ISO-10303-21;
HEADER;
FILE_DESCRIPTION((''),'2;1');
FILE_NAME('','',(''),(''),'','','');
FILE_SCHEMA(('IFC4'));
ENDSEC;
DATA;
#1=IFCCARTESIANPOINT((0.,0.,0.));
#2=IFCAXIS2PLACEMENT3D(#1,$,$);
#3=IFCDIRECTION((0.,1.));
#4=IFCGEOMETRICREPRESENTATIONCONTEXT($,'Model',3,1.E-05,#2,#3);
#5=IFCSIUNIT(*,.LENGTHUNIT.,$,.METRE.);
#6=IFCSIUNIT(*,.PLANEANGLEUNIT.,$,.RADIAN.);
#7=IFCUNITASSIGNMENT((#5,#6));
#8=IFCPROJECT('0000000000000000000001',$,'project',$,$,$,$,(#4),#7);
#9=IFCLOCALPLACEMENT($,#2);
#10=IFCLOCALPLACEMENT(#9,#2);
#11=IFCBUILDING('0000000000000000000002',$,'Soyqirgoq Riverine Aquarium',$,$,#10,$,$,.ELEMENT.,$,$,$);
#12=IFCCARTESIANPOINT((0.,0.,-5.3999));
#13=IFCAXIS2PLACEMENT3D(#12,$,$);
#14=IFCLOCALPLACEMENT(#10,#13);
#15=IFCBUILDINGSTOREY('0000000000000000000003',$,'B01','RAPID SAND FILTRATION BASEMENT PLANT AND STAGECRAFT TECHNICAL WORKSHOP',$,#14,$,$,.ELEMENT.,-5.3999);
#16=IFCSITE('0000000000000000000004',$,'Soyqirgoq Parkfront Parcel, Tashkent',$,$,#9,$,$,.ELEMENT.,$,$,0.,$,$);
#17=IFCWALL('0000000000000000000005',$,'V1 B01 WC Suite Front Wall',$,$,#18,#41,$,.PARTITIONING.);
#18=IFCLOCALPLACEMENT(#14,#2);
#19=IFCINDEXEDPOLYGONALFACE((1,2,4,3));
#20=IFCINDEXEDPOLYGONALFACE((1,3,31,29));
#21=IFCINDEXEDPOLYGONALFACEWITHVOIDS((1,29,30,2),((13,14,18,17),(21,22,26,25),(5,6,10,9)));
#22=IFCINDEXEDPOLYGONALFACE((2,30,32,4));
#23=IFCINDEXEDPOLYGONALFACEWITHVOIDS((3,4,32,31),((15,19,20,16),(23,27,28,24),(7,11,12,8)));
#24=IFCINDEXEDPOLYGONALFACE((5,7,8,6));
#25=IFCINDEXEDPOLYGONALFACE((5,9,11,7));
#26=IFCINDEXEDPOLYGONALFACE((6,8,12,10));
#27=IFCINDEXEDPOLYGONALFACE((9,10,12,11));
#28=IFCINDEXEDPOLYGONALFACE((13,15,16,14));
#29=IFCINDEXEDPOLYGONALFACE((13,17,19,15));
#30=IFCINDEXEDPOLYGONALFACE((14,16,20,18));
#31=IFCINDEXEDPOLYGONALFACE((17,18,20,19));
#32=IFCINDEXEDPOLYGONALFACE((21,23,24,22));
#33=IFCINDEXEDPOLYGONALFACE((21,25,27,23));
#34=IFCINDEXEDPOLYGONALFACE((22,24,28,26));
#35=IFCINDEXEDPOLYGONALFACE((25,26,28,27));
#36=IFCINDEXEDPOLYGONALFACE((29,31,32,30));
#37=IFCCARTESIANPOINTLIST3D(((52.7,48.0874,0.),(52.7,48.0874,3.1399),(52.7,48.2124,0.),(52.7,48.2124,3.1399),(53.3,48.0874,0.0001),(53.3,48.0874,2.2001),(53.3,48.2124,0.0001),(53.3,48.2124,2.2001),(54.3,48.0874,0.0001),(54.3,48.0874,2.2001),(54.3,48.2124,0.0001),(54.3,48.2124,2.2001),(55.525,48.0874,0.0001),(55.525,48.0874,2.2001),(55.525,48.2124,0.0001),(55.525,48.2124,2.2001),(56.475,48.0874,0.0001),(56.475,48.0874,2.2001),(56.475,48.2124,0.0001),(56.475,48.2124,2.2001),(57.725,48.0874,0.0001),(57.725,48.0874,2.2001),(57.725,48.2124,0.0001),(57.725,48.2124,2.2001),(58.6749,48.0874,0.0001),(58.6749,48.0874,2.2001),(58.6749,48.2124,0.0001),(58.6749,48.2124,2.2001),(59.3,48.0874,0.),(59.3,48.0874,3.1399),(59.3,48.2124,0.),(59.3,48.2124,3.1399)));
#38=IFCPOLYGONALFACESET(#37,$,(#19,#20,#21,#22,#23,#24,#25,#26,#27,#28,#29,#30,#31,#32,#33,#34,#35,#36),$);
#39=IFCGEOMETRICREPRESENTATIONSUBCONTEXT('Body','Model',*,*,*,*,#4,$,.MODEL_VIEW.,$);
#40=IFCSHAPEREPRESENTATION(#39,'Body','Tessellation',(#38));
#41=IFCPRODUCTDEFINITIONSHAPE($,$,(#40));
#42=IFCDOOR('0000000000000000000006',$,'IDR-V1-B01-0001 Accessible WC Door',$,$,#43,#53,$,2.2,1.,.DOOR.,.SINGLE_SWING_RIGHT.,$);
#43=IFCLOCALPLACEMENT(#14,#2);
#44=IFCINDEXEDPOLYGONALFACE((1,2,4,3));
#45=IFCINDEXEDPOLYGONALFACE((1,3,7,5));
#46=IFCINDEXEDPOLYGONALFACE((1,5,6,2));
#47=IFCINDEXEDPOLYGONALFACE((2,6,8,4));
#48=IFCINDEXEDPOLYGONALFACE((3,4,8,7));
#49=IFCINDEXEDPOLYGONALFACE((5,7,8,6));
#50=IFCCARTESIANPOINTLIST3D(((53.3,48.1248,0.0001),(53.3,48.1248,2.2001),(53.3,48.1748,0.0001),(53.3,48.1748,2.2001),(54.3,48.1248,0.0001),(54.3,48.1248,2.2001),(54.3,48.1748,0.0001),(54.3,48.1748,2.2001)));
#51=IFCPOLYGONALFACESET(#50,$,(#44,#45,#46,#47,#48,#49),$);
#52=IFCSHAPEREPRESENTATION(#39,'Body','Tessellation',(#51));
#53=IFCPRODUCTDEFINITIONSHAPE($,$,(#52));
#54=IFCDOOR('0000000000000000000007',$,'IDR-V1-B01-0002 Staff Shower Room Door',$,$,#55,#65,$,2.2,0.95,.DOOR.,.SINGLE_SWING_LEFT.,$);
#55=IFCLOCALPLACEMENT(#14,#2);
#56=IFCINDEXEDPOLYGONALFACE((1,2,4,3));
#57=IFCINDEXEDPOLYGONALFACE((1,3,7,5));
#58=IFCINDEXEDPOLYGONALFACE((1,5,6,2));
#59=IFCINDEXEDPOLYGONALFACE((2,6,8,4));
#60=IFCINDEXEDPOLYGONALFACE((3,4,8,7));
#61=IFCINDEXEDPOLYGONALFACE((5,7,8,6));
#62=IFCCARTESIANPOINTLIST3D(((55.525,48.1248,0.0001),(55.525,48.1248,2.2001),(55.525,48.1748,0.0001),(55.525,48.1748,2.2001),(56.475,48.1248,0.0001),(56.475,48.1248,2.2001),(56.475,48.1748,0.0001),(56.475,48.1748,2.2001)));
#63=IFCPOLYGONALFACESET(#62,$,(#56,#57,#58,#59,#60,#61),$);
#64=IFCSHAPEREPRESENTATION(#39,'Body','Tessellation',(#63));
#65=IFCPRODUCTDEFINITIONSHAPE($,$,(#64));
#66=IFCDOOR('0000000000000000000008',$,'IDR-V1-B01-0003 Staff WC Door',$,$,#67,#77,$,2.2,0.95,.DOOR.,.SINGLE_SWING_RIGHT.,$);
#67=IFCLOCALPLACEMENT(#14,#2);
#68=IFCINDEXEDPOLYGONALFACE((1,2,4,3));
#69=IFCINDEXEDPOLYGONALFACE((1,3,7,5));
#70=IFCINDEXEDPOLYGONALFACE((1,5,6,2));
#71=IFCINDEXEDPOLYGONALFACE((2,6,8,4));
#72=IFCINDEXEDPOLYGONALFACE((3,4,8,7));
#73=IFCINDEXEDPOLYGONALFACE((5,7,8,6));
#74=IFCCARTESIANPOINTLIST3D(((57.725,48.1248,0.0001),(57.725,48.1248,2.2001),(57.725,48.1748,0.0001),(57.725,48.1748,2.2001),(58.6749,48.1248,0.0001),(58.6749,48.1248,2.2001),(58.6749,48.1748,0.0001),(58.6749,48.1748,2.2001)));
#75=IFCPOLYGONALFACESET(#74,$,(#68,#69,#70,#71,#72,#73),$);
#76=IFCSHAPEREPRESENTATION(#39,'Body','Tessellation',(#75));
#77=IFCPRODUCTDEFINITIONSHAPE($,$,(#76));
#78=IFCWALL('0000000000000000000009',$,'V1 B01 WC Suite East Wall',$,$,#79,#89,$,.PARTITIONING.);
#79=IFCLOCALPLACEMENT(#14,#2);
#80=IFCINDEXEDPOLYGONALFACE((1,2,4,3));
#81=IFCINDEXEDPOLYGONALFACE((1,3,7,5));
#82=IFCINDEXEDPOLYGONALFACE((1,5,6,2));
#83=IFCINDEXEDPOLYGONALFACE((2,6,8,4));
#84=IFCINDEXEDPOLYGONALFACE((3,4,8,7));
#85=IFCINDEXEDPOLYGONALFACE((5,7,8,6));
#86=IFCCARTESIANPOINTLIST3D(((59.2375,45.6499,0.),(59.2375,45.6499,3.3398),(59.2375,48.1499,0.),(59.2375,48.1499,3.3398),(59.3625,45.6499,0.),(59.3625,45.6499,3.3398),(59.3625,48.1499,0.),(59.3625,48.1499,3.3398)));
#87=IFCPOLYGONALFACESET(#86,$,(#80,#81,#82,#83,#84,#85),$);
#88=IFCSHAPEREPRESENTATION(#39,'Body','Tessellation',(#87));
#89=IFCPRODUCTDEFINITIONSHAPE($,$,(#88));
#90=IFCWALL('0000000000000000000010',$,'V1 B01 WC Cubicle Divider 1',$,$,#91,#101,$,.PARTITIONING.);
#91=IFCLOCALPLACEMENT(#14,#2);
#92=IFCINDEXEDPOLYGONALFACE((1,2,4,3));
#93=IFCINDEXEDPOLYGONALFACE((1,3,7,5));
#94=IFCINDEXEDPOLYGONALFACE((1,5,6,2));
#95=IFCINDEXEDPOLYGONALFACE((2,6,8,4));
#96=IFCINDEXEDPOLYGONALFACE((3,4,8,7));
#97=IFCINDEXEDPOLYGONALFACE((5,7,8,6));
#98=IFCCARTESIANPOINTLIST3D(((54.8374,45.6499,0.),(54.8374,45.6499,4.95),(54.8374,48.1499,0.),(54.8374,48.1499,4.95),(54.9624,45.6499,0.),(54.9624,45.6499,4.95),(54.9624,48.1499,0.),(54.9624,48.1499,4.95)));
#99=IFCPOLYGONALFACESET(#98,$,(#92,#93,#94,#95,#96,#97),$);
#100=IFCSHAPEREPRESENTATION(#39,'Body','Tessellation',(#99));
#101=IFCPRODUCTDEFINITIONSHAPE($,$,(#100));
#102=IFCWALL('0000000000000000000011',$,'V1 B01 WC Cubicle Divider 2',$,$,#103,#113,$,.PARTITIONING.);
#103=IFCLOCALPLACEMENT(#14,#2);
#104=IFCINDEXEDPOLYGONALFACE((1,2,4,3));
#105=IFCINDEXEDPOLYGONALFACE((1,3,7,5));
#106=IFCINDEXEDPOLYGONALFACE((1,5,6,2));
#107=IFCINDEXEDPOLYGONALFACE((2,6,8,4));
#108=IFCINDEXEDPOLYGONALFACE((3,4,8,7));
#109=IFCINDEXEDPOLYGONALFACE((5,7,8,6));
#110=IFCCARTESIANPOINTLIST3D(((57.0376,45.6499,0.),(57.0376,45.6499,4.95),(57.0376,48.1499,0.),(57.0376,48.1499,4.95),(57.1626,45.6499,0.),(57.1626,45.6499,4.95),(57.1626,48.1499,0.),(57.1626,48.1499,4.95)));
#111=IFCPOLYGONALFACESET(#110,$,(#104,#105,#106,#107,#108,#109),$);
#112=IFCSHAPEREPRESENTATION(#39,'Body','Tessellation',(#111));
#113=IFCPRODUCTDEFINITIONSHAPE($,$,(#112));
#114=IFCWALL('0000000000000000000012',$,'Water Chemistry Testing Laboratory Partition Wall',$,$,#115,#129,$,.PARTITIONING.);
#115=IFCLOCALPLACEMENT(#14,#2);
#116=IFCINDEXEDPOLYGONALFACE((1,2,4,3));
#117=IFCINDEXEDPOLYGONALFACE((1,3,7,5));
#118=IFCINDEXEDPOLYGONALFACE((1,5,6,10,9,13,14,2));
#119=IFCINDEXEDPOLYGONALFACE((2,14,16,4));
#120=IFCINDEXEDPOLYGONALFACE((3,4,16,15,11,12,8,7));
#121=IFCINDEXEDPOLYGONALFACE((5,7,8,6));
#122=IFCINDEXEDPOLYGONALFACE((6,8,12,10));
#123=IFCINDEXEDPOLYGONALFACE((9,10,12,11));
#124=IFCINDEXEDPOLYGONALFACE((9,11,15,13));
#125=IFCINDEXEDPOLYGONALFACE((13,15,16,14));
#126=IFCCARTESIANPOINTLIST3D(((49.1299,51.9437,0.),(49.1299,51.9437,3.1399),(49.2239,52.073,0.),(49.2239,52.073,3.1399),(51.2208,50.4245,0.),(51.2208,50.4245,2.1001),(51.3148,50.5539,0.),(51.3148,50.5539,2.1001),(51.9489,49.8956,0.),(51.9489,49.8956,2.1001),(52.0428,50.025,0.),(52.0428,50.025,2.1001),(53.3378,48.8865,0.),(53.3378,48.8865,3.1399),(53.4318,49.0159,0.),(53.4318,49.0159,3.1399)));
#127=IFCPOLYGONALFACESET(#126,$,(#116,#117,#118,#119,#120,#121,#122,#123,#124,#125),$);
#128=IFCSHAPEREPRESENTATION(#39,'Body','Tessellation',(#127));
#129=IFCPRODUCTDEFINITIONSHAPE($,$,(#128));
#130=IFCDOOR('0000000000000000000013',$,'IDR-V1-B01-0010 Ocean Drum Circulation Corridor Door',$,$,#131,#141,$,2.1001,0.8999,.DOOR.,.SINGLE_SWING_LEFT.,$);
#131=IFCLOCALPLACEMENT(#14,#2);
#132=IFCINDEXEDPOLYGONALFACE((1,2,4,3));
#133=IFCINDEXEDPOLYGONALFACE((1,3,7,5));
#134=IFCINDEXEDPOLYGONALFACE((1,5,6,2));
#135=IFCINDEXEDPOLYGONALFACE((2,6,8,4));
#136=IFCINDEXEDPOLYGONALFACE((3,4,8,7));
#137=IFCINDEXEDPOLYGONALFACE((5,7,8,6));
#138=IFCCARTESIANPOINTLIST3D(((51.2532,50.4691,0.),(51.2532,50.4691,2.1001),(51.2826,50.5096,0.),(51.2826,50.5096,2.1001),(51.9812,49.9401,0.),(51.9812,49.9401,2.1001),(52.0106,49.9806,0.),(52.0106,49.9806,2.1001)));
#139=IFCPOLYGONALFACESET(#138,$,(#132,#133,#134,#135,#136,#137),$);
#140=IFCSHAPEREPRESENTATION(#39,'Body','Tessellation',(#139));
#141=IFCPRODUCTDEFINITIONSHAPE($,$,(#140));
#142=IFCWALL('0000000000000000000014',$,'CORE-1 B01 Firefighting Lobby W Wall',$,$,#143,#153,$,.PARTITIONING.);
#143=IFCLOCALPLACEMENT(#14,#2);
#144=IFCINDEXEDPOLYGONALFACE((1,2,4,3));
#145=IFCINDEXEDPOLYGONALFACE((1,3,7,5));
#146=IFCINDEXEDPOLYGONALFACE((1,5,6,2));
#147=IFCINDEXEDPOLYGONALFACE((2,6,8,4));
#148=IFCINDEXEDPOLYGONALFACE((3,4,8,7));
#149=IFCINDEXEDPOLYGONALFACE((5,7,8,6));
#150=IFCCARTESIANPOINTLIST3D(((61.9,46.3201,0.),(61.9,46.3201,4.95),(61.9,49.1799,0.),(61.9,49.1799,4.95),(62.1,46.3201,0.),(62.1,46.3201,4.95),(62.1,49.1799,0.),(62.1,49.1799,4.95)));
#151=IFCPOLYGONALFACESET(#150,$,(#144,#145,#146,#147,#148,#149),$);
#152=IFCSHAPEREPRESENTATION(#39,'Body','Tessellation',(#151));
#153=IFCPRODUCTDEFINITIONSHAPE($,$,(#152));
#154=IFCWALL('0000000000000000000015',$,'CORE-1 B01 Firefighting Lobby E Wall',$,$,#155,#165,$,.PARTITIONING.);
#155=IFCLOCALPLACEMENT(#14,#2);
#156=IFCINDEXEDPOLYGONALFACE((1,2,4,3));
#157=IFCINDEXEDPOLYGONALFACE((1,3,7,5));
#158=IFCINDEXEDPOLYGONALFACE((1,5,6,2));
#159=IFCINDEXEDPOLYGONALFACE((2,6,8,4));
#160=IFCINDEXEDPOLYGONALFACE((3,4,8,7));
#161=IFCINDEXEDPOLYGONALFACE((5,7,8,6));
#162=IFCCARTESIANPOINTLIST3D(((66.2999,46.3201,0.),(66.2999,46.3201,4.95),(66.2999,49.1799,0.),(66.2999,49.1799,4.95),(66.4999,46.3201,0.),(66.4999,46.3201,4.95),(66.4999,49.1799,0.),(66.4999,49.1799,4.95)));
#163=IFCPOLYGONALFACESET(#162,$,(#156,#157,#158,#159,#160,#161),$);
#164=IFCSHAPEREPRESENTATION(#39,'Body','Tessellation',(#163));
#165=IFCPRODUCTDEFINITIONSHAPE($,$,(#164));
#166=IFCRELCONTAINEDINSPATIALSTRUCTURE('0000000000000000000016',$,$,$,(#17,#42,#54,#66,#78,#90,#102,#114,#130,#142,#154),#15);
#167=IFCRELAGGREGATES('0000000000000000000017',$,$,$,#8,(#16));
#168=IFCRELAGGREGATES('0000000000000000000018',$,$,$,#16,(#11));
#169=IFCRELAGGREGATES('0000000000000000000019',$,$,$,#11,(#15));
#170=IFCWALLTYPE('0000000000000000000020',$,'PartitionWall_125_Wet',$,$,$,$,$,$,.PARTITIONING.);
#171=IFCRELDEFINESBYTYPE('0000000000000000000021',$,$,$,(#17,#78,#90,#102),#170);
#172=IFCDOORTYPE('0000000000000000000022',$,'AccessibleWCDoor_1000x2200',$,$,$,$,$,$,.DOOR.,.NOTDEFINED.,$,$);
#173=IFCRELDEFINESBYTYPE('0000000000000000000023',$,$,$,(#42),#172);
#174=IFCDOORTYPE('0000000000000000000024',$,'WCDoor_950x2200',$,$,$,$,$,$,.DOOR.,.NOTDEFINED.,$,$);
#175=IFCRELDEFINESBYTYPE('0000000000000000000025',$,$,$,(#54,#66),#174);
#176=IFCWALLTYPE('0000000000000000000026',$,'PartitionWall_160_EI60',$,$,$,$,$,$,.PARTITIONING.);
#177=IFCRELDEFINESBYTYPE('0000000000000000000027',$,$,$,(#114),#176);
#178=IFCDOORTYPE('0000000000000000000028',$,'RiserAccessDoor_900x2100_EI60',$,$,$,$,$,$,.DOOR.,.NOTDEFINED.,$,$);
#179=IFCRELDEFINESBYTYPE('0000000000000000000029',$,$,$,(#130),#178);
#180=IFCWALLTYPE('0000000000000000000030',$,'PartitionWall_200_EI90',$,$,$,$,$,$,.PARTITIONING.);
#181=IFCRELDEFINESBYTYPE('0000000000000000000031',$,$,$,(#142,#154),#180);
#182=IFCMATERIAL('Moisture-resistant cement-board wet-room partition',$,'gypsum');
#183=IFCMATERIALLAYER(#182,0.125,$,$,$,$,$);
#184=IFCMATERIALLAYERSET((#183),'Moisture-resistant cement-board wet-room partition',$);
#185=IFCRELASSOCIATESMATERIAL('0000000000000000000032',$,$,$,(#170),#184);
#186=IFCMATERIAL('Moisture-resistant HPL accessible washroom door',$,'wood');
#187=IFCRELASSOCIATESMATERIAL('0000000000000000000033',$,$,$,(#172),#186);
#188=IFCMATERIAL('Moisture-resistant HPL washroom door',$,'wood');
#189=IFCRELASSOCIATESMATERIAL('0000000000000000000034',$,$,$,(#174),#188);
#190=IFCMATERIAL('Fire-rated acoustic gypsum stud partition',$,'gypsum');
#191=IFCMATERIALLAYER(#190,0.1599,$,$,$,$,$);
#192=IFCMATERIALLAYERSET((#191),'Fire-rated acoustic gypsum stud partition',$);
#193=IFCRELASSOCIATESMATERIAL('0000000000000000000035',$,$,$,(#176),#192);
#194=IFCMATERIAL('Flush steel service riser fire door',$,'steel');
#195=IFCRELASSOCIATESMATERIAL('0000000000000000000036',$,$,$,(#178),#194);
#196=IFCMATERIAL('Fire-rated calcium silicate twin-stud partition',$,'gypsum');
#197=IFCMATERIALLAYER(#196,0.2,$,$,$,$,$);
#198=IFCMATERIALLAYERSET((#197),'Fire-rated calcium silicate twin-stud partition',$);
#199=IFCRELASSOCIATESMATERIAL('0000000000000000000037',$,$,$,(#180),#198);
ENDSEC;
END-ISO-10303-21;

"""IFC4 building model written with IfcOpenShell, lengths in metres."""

from ifc_helpers import new_model, si_unit, direction, frame, frame_2d, origin, place, context, subcontext, project, spatial, rectangle, extrude, material, layer, layer_set, type_object, element, fill, save


model = new_model("IFC4")

# Units and contexts
model_context = context("Model", 3, precision=1e-05, world=origin(), true_north=direction((0.0, 1.0)))
body_context = subcontext(model_context, "Body", "Model", "MODEL_VIEW")
ifc_project = project(units=[si_unit("LENGTHUNIT", "METRE"), si_unit("PLANEANGLEUNIT", "RADIAN")], contexts=[model_context])

# Site, building, storey
site_placement = place(None, origin())
site = spatial("IfcSite", under=ifc_project, at=site_placement, Name="Soyqirgoq Parkfront Parcel, Tashkent", CompositionType="ELEMENT", RefElevation=0.0)
building_placement = place(site_placement, origin())
building = spatial("IfcBuilding", under=site, at=building_placement, Name="Soyqirgoq Riverine Aquarium", CompositionType="ELEMENT")
storey_placement = place(building_placement, frame((0.0, 0.0, -5.3999)))
storey = spatial("IfcBuildingStorey", under=building, at=storey_placement, Name="B01", Description="RAPID SAND FILTRATION BASEMENT PLANT AND STAGECRAFT TECHNICAL WORKSHOP", CompositionType="ELEMENT", Elevation=-5.3999)

# Wall, openings, doors
ifc_material_1 = material(Name="Moisture-resistant cement-board wet-room partition", Category="gypsum")
ifc_layer_1 = layer(ifc_material_1, 0.125)
ifc_layer_set_1 = layer_set([ifc_layer_1], Name="Moisture-resistant cement-board wet-room partition")
wall_type_1 = type_object("IfcWallType", Name="PartitionWall_125_Wet", PredefinedType="PARTITIONING", material=ifc_layer_set_1)
wall_1_placement = place(storey_placement, frame((52.7, 48.1499, 0.0), z_axis=(0.0, 0.0, 1.0), x_axis=(1.0, 0.0, 0.0)))
wall_1 = element("IfcWall", 1, at=wall_1_placement, inside=storey, type_object=wall_type_1, Name="V1 B01 WC Suite Front Wall", PredefinedType="PARTITIONING", context=body_context, shape_type="SweptSolid", body=[
    extrude(rectangle(XDim=6.6001, YDim=0.125, at=frame_2d((3.3, 0.0))), origin(), (0.0, 0.0, 1.0), 3.1399),
])
opening_1_placement = place(wall_1_placement, frame((0.6001, 0.0, 0.0)))
opening_1 = element("IfcOpeningElement", 2, at=opening_1_placement, cuts=wall_1, PredefinedType="OPENING", context=body_context, shape_type="SweptSolid", body=[
    extrude(rectangle(XDim=1.0, YDim=2.2, at=frame_2d((0.5, 1.1001))), frame((0.0, 0.0725, 0.0), z_axis=(0.0, -1.0, 0.0), x_axis=(1.0, 0.0, 0.0)), (0.0, 0.0, 1.0), 0.145),
])
opening_2_placement = place(wall_1_placement, frame((2.825, 0.0, 0.0)))
opening_2 = element("IfcOpeningElement", 3, at=opening_2_placement, cuts=wall_1, PredefinedType="OPENING", context=body_context, shape_type="SweptSolid", body=[
    extrude(rectangle(XDim=0.95, YDim=2.2, at=frame_2d((0.4751, 1.1001))), frame((0.0, 0.0725, 0.0), z_axis=(0.0, -1.0, 0.0), x_axis=(1.0, 0.0, 0.0)), (0.0, 0.0, 1.0), 0.145),
])
opening_3_placement = place(wall_1_placement, frame((5.0249, 0.0, 0.0)))
opening_3 = element("IfcOpeningElement", 4, at=opening_3_placement, cuts=wall_1, PredefinedType="OPENING", context=body_context, shape_type="SweptSolid", body=[
    extrude(rectangle(XDim=0.95, YDim=2.2, at=frame_2d((0.4751, 1.1001))), frame((0.0, 0.0725, 0.0), z_axis=(0.0, -1.0, 0.0), x_axis=(1.0, 0.0, 0.0)), (0.0, 0.0, 1.0), 0.145),
])
ifc_material_2 = material(Name="Moisture-resistant HPL accessible washroom door", Category="wood")
door_type_1 = type_object("IfcDoorType", Name="AccessibleWCDoor_1000x2200", OperationType="NOTDEFINED", PredefinedType="DOOR", material=ifc_material_2)
door_1_placement = place(opening_1_placement, origin())
door_1 = element("IfcDoor", 5, at=door_1_placement, inside=storey, type_object=door_type_1, Name="IDR-V1-B01-0001 Accessible WC Door", OperationType="SINGLE_SWING_RIGHT", OverallHeight=2.2, OverallWidth=1.0, PredefinedType="DOOR", context=body_context, shape_type="SweptSolid", body=[
    extrude(rectangle(XDim=1.0, YDim=2.2, at=frame_2d((0.5, 1.1001))), frame((0.0, 0.0249, 0.0), z_axis=(0.0, -1.0, 0.0), x_axis=(1.0, 0.0, 0.0)), (0.0, 0.0, 1.0), 0.05),
])
fill(opening_1, door_1)
ifc_material_3 = material(Name="Moisture-resistant HPL washroom door", Category="wood")
door_type_2 = type_object("IfcDoorType", Name="WCDoor_950x2200", OperationType="NOTDEFINED", PredefinedType="DOOR", material=ifc_material_3)
door_2_placement = place(opening_2_placement, origin())
door_2 = element("IfcDoor", 6, at=door_2_placement, inside=storey, type_object=door_type_2, Name="IDR-V1-B01-0002 Staff Shower Room Door", OperationType="SINGLE_SWING_LEFT", OverallHeight=2.2, OverallWidth=0.95, PredefinedType="DOOR", context=body_context, shape_type="SweptSolid", body=[
    extrude(rectangle(XDim=0.95, YDim=2.2, at=frame_2d((0.4751, 1.1001))), frame((0.0, 0.0249, 0.0), z_axis=(0.0, -1.0, 0.0), x_axis=(1.0, 0.0, 0.0)), (0.0, 0.0, 1.0), 0.05),
])
fill(opening_2, door_2)
door_3_placement = place(opening_3_placement, origin())
door_3 = element("IfcDoor", 7, at=door_3_placement, inside=storey, type_object=door_type_2, Name="IDR-V1-B01-0003 Staff WC Door", OperationType="SINGLE_SWING_RIGHT", OverallHeight=2.2, OverallWidth=0.95, PredefinedType="DOOR", context=body_context, shape_type="SweptSolid", body=[
    extrude(rectangle(XDim=0.95, YDim=2.2, at=frame_2d((0.4751, 1.1001))), frame((0.0, 0.0249, 0.0), z_axis=(0.0, -1.0, 0.0), x_axis=(1.0, 0.0, 0.0)), (0.0, 0.0, 1.0), 0.05),
])
fill(opening_3, door_3)

# Walls
wall_2_placement = place(storey_placement, frame((59.3, 45.6499, 0.0), z_axis=(0.0, 0.0, 1.0), x_axis=(0.0, 1.0, 0.0)))
element("IfcWall", 8, at=wall_2_placement, inside=storey, type_object=wall_type_1, Name="V1 B01 WC Suite East Wall", PredefinedType="PARTITIONING", context=body_context, shape_type="SweptSolid", body=[
    extrude(rectangle(XDim=2.5, YDim=0.125, at=frame_2d((1.25, 0.0))), origin(), (0.0, 0.0, 1.0), 3.3398),
])
for number, where, z_axis, x_axis, name in (
    (9, (54.8999, 45.6499, 0.0), (0.0, 0.0, 1.0), (0.0, 1.0, 0.0), "V1 B01 WC Cubicle Divider 1"),
    (10, (57.1001, 45.6499, 0.0), (0.0, 0.0, 1.0), (0.0, 1.0, 0.0), "V1 B01 WC Cubicle Divider 2"),
):
    element("IfcWall", number, at=place(storey_placement, frame(where, z_axis=z_axis, x_axis=x_axis)), inside=storey, type_object=wall_type_1, Name=name, PredefinedType="PARTITIONING", context=body_context, shape_type="SweptSolid", body=[
        extrude(rectangle(XDim=2.5, YDim=0.125, at=frame_2d((1.25, 0.0))), origin(), (0.0, 0.0, 1.0), 4.95),
    ])

# Wall, opening, door
ifc_material_4 = material(Name="Fire-rated acoustic gypsum stud partition", Category="gypsum")
ifc_layer_2 = layer(ifc_material_4, 0.1599)
ifc_layer_set_2 = layer_set([ifc_layer_2], Name="Fire-rated acoustic gypsum stud partition")
wall_type_2 = type_object("IfcWallType", Name="PartitionWall_160_EI60", PredefinedType="PARTITIONING", material=ifc_layer_set_2)
wall_3_placement = place(storey_placement, frame((53.3848, 48.9512, 0.0), z_axis=(0.0, 0.0, 1.0), x_axis=(-0.809016, 0.587786, 0.0)))
wall_3 = element("IfcWall", 11, at=wall_3_placement, inside=storey, type_object=wall_type_2, Name="Water Chemistry Testing Laboratory Partition Wall", PredefinedType="PARTITIONING", context=body_context, shape_type="SweptSolid", body=[
    extrude(rectangle(XDim=5.2012, YDim=0.1599, at=frame_2d((2.6006, 0.0))), origin(), (0.0, 0.0, 1.0), 3.1399),
])
opening_4_placement = place(wall_3_placement, frame((1.7168, 0.0, 0.0)))
opening_4 = element("IfcOpeningElement", 12, at=opening_4_placement, cuts=wall_3, PredefinedType="OPENING", context=body_context, shape_type="SweptSolid", body=[
    extrude(rectangle(XDim=0.8999, YDim=2.1001, at=frame_2d((0.45, 1.05))), frame((0.0, 0.0898, 0.0), z_axis=(0.0, -1.0, 0.0), x_axis=(1.0, 0.0, 0.0)), (0.0, 0.0, 1.0), 0.1799),
])
ifc_material_5 = material(Name="Flush steel service riser fire door", Category="steel")
door_type_3 = type_object("IfcDoorType", Name="RiserAccessDoor_900x2100_EI60", OperationType="NOTDEFINED", PredefinedType="DOOR", material=ifc_material_5)
door_4_placement = place(opening_4_placement, origin())
door_4 = element("IfcDoor", 13, at=door_4_placement, inside=storey, type_object=door_type_3, Name="IDR-V1-B01-0010 Ocean Drum Circulation Corridor Door", OperationType="SINGLE_SWING_LEFT", OverallHeight=2.1001, OverallWidth=0.8999, PredefinedType="DOOR", context=body_context, shape_type="SweptSolid", body=[
    extrude(rectangle(XDim=0.8999, YDim=2.1001, at=frame_2d((0.45, 1.05))), frame((0.0, 0.0249, 0.0), z_axis=(0.0, -1.0, 0.0), x_axis=(1.0, 0.0, 0.0)), (0.0, 0.0, 1.0), 0.05),
])
fill(opening_4, door_4)
ifc_material_6 = material(Name="Fire-rated calcium silicate twin-stud partition", Category="gypsum")
ifc_layer_3 = layer(ifc_material_6, 0.2)
ifc_layer_set_3 = layer_set([ifc_layer_3], Name="Fire-rated calcium silicate twin-stud partition")
wall_type_3 = type_object("IfcWallType", Name="PartitionWall_200_EI90", PredefinedType="PARTITIONING", material=ifc_layer_set_3)

# Walls
for number, where, z_axis, x_axis, name in (
    (14, (62.0, 46.3201, 0.0), (0.0, 0.0, 1.0), (0.0, 1.0, 0.0), "CORE-1 B01 Firefighting Lobby W Wall"),
    (15, (66.3999, 46.3201, 0.0), (0.0, 0.0, 1.0), (0.0, 1.0, 0.0), "CORE-1 B01 Firefighting Lobby E Wall"),
):
    element("IfcWall", number, at=place(storey_placement, frame(where, z_axis=z_axis, x_axis=x_axis)), inside=storey, type_object=wall_type_3, Name=name, PredefinedType="PARTITIONING", context=body_context, shape_type="SweptSolid", body=[
        extrude(rectangle(XDim=2.8599, YDim=0.2, at=frame_2d((1.4299, 0.0))), origin(), (0.0, 0.0, 1.0), 4.95),
    ])

save(model, "model.ifc")
